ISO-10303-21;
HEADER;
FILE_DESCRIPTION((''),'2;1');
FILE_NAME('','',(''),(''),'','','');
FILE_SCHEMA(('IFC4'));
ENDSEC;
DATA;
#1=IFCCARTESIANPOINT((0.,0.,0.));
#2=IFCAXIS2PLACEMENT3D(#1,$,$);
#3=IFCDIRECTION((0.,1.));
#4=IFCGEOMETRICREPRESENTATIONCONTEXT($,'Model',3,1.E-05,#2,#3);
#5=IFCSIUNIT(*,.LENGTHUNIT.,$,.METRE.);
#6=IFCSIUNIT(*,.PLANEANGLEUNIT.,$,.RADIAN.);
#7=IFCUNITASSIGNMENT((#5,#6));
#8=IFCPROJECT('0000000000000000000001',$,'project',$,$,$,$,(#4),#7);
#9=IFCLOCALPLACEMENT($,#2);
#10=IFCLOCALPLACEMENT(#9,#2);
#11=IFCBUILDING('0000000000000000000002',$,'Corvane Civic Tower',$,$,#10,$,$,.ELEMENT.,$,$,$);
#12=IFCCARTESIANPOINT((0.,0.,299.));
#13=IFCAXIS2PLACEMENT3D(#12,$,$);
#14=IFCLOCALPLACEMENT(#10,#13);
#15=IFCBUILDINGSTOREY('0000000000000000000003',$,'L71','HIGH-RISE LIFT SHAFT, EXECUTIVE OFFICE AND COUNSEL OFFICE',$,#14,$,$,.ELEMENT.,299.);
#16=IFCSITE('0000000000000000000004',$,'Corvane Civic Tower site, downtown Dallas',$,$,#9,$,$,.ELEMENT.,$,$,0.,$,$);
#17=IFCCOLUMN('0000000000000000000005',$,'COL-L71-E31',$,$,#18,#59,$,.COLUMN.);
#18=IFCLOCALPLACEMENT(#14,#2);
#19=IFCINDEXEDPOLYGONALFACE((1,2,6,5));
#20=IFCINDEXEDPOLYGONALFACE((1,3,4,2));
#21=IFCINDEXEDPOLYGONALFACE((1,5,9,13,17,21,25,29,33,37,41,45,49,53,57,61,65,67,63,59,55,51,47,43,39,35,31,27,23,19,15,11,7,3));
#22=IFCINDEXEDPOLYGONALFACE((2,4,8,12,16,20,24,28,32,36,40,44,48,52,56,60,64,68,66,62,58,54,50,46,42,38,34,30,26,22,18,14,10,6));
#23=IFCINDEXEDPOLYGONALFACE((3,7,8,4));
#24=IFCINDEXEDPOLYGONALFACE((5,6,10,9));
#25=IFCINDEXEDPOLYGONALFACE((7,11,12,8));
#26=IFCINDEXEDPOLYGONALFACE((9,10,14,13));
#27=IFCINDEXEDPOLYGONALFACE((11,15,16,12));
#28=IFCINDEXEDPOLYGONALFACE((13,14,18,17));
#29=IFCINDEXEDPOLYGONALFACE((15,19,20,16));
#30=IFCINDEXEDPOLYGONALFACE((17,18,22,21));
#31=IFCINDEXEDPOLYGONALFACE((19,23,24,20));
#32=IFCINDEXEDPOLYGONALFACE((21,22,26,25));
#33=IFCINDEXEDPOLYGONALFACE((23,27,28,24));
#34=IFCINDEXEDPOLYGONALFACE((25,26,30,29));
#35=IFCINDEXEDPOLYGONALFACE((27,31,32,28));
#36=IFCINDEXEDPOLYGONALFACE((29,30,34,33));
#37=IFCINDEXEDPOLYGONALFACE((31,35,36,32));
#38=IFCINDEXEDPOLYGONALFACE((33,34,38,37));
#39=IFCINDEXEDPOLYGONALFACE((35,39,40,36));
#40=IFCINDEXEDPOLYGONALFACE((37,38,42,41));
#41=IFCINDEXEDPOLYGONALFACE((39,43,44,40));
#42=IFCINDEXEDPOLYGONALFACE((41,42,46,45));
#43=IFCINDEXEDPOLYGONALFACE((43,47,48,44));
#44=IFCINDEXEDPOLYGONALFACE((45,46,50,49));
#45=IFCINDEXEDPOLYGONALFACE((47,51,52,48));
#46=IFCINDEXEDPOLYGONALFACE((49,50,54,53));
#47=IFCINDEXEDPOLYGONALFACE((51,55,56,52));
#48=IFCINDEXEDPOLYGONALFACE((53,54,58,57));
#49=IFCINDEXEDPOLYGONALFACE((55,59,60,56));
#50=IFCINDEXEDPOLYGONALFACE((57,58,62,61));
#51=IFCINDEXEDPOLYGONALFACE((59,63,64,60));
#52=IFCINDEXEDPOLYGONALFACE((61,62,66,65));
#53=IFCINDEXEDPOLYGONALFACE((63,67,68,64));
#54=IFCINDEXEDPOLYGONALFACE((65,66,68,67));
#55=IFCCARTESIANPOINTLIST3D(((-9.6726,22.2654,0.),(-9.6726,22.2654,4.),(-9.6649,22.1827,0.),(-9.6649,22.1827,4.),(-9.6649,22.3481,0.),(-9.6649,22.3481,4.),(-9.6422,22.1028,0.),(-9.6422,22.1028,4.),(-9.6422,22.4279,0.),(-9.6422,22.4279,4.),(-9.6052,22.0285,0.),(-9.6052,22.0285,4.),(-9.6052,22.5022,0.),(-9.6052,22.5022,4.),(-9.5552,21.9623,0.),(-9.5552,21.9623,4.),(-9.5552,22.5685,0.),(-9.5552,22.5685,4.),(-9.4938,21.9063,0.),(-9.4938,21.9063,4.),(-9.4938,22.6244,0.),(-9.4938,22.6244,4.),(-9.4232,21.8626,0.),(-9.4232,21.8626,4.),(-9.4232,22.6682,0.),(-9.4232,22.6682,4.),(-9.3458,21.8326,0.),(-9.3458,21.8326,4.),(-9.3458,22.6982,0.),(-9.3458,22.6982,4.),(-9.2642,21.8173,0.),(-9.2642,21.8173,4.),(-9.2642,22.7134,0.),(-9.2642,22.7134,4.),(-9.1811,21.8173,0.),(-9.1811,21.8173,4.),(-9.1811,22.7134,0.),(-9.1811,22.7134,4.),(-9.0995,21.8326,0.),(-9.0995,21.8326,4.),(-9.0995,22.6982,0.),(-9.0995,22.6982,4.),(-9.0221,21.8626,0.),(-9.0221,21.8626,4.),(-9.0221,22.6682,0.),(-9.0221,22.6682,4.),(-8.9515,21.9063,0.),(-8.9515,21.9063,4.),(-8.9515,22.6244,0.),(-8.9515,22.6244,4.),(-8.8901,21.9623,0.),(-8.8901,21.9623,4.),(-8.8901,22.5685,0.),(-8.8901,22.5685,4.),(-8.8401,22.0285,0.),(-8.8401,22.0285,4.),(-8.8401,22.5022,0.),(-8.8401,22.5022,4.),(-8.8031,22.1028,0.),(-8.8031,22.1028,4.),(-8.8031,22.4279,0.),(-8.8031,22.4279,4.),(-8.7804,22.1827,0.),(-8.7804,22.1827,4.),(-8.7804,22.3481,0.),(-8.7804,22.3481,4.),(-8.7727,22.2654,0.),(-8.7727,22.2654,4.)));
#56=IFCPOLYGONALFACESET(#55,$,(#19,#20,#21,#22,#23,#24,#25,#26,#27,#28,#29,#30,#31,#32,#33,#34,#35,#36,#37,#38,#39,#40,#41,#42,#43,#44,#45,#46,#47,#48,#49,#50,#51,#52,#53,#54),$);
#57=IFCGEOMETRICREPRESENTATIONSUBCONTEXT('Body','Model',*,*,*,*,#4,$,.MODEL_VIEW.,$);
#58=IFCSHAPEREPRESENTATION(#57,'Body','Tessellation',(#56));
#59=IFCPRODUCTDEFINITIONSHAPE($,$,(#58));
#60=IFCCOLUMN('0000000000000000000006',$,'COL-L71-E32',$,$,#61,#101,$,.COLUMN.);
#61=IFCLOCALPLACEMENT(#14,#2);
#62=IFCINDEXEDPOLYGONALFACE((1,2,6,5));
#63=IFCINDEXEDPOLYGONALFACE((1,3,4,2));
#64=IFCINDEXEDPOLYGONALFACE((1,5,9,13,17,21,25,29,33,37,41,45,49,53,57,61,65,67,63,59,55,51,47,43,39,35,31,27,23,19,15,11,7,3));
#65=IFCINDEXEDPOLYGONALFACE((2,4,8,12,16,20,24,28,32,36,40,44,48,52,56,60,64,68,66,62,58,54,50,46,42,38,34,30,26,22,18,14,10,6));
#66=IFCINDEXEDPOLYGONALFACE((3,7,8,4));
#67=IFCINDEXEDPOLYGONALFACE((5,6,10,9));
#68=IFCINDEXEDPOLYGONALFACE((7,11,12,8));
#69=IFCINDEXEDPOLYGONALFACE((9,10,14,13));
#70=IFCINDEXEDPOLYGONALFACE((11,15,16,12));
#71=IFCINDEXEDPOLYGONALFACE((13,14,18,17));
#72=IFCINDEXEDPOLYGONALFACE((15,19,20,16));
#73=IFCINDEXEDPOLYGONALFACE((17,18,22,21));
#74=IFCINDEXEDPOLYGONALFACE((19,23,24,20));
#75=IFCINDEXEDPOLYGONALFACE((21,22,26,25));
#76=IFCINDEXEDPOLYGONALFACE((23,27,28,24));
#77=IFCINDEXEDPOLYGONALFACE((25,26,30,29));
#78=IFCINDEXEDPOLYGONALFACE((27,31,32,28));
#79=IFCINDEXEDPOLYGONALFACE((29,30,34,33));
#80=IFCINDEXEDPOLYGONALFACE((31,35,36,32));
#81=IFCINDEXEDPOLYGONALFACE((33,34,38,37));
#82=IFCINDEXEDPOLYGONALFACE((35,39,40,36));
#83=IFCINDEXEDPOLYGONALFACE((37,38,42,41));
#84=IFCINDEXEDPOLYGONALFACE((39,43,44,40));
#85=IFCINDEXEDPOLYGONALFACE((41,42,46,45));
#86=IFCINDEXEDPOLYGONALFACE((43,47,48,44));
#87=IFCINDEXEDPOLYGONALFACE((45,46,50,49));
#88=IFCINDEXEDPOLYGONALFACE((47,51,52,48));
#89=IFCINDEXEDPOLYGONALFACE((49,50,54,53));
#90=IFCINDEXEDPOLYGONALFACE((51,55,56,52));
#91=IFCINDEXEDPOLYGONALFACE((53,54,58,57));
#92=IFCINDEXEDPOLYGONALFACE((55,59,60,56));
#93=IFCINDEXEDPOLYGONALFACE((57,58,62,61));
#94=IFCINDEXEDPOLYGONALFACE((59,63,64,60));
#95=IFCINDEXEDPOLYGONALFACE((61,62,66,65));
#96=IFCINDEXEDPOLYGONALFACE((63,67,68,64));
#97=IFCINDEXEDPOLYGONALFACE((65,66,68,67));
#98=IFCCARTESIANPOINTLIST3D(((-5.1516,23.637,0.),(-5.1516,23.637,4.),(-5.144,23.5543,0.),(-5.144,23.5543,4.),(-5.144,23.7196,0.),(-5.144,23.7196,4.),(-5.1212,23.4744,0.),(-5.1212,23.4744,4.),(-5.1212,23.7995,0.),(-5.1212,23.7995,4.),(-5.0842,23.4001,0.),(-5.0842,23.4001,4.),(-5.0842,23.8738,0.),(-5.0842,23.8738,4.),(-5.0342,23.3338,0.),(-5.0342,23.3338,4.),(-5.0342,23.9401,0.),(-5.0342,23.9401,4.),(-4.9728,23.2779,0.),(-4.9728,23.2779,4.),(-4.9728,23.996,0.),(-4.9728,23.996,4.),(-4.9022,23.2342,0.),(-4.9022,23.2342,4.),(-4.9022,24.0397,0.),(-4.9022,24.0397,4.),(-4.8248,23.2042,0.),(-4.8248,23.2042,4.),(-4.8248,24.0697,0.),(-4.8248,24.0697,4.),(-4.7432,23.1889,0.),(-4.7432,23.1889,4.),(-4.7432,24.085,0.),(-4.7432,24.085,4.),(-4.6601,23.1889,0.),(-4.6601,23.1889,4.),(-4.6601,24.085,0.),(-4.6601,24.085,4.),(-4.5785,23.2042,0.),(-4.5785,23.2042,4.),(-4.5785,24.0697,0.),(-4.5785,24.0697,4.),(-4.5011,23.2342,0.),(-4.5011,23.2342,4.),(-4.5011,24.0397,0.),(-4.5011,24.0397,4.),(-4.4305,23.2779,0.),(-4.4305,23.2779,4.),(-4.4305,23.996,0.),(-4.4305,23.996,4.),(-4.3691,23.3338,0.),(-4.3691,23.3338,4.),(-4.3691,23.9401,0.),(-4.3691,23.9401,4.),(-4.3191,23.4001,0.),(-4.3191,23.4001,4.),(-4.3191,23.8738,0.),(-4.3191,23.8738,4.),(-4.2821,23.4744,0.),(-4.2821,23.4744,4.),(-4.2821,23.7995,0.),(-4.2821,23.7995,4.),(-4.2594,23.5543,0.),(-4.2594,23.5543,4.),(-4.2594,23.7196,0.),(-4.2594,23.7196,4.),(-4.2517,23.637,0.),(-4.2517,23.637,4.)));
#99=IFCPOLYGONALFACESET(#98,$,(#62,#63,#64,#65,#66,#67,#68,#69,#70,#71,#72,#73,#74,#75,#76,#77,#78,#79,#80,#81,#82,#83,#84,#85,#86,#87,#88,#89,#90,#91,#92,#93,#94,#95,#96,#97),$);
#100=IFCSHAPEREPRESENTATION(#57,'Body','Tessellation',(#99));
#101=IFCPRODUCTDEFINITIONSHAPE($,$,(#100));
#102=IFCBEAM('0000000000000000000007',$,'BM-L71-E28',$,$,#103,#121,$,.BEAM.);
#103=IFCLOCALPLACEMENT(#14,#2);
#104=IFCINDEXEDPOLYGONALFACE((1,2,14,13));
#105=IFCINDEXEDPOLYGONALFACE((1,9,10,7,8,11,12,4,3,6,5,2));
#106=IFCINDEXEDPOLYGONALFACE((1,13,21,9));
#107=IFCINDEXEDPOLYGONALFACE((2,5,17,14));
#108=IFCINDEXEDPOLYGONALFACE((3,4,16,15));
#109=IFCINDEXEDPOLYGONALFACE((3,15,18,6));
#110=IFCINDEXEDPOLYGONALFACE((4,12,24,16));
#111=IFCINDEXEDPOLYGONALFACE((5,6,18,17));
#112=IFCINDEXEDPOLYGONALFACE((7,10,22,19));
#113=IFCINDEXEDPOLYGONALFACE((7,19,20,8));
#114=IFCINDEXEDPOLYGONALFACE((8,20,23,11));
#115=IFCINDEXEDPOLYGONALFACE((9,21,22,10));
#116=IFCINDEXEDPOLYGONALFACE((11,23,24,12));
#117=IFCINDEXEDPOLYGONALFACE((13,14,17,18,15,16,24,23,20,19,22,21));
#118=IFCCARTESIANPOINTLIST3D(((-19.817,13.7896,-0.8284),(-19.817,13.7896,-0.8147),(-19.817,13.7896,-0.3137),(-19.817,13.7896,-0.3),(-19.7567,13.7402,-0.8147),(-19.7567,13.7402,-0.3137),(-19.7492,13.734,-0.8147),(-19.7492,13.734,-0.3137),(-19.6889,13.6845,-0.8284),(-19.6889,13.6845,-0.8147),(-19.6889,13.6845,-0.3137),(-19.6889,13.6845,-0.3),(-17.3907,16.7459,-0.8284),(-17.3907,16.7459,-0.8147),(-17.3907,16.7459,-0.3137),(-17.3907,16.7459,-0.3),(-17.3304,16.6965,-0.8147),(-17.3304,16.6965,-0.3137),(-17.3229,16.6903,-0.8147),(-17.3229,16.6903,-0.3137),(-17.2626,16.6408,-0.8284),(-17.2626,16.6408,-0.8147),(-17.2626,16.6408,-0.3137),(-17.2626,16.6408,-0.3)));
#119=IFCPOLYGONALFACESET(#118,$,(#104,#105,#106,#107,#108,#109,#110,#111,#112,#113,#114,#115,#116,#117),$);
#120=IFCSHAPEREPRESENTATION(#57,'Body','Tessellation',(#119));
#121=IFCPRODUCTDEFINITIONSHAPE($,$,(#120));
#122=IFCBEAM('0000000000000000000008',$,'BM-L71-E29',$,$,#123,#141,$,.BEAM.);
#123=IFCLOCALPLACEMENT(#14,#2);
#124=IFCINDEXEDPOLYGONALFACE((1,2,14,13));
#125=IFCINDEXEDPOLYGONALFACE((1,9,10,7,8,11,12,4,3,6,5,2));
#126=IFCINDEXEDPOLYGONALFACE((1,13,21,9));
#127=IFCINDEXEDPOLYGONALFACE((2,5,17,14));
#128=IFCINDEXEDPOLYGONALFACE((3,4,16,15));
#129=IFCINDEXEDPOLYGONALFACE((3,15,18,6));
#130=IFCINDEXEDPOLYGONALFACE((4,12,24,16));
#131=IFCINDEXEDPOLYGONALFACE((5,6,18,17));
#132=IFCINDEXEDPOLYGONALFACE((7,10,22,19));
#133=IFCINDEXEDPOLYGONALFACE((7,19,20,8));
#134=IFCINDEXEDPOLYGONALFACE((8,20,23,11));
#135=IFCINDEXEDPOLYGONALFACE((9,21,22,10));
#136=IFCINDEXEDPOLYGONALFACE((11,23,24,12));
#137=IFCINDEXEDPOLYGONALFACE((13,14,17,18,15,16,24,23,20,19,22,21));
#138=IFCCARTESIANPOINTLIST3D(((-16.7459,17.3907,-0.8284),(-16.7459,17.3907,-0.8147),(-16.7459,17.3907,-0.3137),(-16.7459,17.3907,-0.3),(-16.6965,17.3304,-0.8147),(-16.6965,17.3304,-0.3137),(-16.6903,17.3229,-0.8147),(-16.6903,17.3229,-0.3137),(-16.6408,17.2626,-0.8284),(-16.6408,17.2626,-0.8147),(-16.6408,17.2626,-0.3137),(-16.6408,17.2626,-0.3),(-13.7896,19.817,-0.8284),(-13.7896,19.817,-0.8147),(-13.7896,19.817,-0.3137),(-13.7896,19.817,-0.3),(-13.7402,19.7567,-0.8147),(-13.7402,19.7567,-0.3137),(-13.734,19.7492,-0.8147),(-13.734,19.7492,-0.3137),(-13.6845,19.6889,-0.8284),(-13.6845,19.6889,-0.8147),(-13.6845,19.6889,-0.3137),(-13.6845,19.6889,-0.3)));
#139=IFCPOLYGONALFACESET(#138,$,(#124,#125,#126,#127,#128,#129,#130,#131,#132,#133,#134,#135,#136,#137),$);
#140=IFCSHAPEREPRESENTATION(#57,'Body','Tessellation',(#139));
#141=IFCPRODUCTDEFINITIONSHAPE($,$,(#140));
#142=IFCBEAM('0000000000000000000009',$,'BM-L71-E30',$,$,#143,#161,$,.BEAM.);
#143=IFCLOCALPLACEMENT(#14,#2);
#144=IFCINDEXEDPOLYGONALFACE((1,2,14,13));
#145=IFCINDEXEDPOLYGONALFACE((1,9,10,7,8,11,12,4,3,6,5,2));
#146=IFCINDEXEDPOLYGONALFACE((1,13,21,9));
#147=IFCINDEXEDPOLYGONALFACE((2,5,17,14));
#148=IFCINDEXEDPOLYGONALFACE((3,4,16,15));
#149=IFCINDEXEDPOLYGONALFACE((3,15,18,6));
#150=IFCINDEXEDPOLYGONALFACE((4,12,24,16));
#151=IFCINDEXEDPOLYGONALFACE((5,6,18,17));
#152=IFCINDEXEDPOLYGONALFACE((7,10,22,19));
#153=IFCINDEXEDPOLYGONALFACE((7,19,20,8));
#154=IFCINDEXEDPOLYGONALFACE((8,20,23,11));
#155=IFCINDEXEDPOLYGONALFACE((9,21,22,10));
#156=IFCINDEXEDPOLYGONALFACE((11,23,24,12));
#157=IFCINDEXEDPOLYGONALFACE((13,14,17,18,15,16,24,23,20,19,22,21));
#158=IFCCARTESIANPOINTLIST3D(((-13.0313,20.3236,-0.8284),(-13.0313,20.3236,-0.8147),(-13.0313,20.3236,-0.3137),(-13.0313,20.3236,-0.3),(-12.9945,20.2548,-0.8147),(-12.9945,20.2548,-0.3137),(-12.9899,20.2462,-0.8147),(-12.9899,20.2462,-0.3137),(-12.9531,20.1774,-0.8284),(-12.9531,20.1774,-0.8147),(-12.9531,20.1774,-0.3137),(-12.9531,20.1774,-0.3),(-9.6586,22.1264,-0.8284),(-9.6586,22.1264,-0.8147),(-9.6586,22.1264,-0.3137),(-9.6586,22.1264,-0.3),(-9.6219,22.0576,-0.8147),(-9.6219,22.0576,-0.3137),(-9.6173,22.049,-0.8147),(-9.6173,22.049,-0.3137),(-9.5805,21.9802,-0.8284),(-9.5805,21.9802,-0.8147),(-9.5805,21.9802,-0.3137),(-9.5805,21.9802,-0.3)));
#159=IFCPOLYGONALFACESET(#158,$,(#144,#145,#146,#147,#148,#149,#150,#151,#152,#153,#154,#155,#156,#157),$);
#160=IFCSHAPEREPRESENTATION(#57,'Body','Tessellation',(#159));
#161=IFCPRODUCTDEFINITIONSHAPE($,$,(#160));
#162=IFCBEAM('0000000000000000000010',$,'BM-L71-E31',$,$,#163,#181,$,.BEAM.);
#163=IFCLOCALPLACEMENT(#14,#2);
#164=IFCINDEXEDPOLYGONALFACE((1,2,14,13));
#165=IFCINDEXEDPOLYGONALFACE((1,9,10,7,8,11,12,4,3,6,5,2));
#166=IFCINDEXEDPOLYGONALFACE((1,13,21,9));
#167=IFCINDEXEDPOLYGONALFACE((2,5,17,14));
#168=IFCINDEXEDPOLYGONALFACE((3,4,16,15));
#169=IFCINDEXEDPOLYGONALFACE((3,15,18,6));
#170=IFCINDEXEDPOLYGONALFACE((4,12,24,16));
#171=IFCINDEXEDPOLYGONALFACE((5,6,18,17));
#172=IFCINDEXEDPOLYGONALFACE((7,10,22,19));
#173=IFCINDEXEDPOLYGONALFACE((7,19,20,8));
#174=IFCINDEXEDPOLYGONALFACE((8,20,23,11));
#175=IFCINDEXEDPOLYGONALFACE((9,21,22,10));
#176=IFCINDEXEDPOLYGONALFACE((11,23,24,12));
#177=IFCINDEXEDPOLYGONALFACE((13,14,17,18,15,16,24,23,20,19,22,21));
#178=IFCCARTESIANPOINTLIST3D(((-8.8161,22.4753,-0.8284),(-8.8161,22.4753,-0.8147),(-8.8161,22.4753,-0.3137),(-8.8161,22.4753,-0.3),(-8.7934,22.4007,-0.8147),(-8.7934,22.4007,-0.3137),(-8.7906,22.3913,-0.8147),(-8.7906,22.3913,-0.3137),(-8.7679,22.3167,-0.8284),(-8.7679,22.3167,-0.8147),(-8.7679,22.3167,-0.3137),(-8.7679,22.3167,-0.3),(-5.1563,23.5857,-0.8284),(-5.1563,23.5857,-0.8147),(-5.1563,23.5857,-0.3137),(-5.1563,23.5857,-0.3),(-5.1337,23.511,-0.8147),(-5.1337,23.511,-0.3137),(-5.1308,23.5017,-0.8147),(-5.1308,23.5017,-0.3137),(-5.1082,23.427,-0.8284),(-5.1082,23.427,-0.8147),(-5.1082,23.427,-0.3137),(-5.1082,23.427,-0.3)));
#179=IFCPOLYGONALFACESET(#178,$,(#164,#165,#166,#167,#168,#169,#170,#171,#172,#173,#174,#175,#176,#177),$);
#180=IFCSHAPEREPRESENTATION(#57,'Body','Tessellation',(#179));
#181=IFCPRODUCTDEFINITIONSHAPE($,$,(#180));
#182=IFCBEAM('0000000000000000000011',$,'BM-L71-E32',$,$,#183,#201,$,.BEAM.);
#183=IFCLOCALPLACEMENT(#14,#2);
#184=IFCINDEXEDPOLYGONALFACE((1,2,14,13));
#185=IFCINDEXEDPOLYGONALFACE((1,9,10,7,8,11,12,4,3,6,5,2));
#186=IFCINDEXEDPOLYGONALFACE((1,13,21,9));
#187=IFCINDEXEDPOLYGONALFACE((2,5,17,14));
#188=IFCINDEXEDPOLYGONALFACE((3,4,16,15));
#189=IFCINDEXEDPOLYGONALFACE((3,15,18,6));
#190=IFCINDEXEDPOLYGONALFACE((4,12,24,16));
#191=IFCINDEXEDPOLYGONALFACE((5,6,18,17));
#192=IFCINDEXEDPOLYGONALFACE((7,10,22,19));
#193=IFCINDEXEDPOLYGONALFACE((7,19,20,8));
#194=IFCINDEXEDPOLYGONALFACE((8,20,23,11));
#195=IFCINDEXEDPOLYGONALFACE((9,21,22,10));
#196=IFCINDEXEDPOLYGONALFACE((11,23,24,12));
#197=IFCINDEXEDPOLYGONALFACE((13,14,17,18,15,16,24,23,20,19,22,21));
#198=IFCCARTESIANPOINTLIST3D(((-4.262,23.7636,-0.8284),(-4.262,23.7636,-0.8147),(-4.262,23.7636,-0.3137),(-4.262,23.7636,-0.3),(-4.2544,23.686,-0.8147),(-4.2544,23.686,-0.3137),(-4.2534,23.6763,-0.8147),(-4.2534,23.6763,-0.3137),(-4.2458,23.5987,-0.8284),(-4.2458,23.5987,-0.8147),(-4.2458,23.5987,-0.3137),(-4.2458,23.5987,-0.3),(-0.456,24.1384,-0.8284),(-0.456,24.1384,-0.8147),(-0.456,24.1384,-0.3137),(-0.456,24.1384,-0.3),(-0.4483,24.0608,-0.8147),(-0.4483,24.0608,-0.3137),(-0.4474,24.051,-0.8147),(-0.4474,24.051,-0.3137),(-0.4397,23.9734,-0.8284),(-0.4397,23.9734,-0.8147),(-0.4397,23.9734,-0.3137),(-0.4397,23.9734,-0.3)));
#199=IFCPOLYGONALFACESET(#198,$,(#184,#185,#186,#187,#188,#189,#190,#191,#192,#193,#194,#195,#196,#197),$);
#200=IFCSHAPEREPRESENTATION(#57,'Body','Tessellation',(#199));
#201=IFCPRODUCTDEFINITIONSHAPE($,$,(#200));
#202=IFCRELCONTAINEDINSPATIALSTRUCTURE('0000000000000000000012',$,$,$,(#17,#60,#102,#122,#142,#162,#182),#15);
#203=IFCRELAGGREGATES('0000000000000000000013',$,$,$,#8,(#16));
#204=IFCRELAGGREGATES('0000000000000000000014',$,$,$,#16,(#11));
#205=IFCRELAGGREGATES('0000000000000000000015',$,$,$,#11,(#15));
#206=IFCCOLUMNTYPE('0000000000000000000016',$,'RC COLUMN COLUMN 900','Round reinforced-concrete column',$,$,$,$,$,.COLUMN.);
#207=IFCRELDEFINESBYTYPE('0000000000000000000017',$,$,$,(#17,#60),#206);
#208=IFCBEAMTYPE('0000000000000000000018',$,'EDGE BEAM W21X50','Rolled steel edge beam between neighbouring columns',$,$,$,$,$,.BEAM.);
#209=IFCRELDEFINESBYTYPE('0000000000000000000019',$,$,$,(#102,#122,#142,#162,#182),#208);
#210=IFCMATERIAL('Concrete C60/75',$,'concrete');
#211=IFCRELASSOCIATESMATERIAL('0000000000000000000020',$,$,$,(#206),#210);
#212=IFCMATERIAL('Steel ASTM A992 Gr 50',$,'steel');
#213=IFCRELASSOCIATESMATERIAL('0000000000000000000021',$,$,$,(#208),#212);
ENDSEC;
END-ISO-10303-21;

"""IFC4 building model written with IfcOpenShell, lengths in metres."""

from ifc_helpers import new_model, si_unit, direction, frame, origin, origin_2d, place, context, subcontext, project, spatial, circle, i_section, extrude, material, material_profile, profile_set, type_object, element, save


model = new_model("IFC4")

# Units and contexts
model_context = context("Model", 3, precision=1e-05, world=origin(), true_north=direction((0.0, 1.0)))
body_context = subcontext(model_context, "Body", "Model", "MODEL_VIEW")
ifc_project = project(units=[si_unit("LENGTHUNIT", "METRE"), si_unit("PLANEANGLEUNIT", "RADIAN")], contexts=[model_context])

# Site, building, storey
site_placement = place(None, origin())
site = spatial("IfcSite", under=ifc_project, at=site_placement, Name="Corvane Civic Tower site, downtown Dallas", CompositionType="ELEMENT", RefElevation=0.0)
building_placement = place(site_placement, origin())
building = spatial("IfcBuilding", under=site, at=building_placement, Name="Corvane Civic Tower", CompositionType="ELEMENT")
storey_placement = place(building_placement, frame((0.0, 0.0, 299.0)))
storey = spatial("IfcBuildingStorey", under=building, at=storey_placement, Name="L71", Description="HIGH-RISE LIFT SHAFT, EXECUTIVE OFFICE AND COUNSEL OFFICE", CompositionType="ELEMENT", Elevation=299.0)

# Columns
ifc_material_1 = material(Name="Concrete C60/75", Category="concrete")
ifc_material_profile_1 = material_profile(ifc_material_1, circle(Radius=0.45, at=origin_2d()), Name="COLUMN 900")
ifc_profile_set_1 = profile_set([ifc_material_profile_1], Name="Concrete C60/75")
column_type = type_object("IfcColumnType", Name="RC COLUMN COLUMN 900", Description="Round reinforced-concrete column", PredefinedType="COLUMN", material=ifc_profile_set_1)
for number, where, z_axis, x_axis, name in (
    (1, (-9.2227, 22.2654, 0.0), (0.0, 0.0, 1.0), (1.0, 0.0, 0.0), "COL-L71-E31"),
    (2, (-4.7017, 23.637, 0.0), (0.0, 0.0, 1.0), (1.0, 0.0, 0.0), "COL-L71-E32"),
):
    element("IfcColumn", number, at=place(storey_placement, frame(where, z_axis=z_axis, x_axis=x_axis)), inside=storey, type_object=column_type, Name=name, PredefinedType="COLUMN", context=body_context, shape_type="SweptSolid", body=[
        extrude(circle(Radius=0.45, at=origin_2d()), origin(), (0.0, 0.0, 1.0), 4.0),
    ])

# Beams
ifc_material_2 = material(Name="Steel ASTM A992 Gr 50", Category="steel")
ifc_material_profile_2 = material_profile(ifc_material_2, i_section(OverallWidth=0.1658, OverallDepth=0.5283, WebThickness=0.0098, FlangeThickness=0.0137, at=origin_2d()), Name="W21X50")
ifc_profile_set_2 = profile_set([ifc_material_profile_2], Name="Steel ASTM A992 Gr 50")
beam_type_1 = type_object("IfcBeamType", Name="EDGE BEAM W21X50", Description="Rolled steel edge beam between neighbouring columns", PredefinedType="BEAM", material=ifc_profile_set_2)
for number, where, z_axis, x_axis, name in (
    (3, (-19.7529, 13.7371, -0.5642), (0.634409, 0.772998, 0.0), (-0.772998, 0.634409, 0.0), "BM-L71-E28"),
    (4, (-16.6934, 17.3267, -0.5642), (0.772998, 0.634409, 0.0), (-0.634409, 0.772998, 0.0), "BM-L71-E29"),
):
    element("IfcBeam", number, at=place(storey_placement, frame(where, z_axis=z_axis, x_axis=x_axis)), inside=storey, type_object=beam_type_1, Name=name, PredefinedType="BEAM", context=body_context, shape_type="SweptSolid", body=[
        extrude(i_section(OverallWidth=0.1658, OverallDepth=0.5283, WebThickness=0.0098, FlangeThickness=0.0137, at=origin_2d()), origin(), (0.0, 0.0, 1.0), 3.8245),
    ])
beam_1_placement = place(storey_placement, frame((-12.9922, 20.2505, -0.5642), z_axis=(0.881914, 0.47141, 0.0), x_axis=(-0.47141, 0.881914, 0.0)))
element("IfcBeam", 5, at=beam_1_placement, inside=storey, type_object=beam_type_1, Name="BM-L71-E30", PredefinedType="BEAM", context=body_context, shape_type="SweptSolid", body=[
    extrude(i_section(OverallWidth=0.1658, OverallDepth=0.5283, WebThickness=0.0098, FlangeThickness=0.0137, at=origin_2d()), origin(), (0.0, 0.0, 1.0), 3.8242),
])
for number, where, z_axis, x_axis, name in (
    (6, (-8.792, 22.396, -0.5642), (0.956926, 0.290333, 0.0), (-0.290333, 0.956926, 0.0), "BM-L71-E31"),
    (7, (-4.2539, 23.6812, -0.5642), (0.995188, 0.097987, 0.0), (-0.097987, 0.995188, 0.0), "BM-L71-E32"),
):
    element("IfcBeam", number, at=place(storey_placement, frame(where, z_axis=z_axis, x_axis=x_axis)), inside=storey, type_object=beam_type_1, Name=name, PredefinedType="BEAM", context=body_context, shape_type="SweptSolid", body=[
        extrude(i_section(OverallWidth=0.1658, OverallDepth=0.5283, WebThickness=0.0098, FlangeThickness=0.0137, at=origin_2d()), origin(), (0.0, 0.0, 1.0), 3.8245),
    ])

save(model, "model.ifc")
